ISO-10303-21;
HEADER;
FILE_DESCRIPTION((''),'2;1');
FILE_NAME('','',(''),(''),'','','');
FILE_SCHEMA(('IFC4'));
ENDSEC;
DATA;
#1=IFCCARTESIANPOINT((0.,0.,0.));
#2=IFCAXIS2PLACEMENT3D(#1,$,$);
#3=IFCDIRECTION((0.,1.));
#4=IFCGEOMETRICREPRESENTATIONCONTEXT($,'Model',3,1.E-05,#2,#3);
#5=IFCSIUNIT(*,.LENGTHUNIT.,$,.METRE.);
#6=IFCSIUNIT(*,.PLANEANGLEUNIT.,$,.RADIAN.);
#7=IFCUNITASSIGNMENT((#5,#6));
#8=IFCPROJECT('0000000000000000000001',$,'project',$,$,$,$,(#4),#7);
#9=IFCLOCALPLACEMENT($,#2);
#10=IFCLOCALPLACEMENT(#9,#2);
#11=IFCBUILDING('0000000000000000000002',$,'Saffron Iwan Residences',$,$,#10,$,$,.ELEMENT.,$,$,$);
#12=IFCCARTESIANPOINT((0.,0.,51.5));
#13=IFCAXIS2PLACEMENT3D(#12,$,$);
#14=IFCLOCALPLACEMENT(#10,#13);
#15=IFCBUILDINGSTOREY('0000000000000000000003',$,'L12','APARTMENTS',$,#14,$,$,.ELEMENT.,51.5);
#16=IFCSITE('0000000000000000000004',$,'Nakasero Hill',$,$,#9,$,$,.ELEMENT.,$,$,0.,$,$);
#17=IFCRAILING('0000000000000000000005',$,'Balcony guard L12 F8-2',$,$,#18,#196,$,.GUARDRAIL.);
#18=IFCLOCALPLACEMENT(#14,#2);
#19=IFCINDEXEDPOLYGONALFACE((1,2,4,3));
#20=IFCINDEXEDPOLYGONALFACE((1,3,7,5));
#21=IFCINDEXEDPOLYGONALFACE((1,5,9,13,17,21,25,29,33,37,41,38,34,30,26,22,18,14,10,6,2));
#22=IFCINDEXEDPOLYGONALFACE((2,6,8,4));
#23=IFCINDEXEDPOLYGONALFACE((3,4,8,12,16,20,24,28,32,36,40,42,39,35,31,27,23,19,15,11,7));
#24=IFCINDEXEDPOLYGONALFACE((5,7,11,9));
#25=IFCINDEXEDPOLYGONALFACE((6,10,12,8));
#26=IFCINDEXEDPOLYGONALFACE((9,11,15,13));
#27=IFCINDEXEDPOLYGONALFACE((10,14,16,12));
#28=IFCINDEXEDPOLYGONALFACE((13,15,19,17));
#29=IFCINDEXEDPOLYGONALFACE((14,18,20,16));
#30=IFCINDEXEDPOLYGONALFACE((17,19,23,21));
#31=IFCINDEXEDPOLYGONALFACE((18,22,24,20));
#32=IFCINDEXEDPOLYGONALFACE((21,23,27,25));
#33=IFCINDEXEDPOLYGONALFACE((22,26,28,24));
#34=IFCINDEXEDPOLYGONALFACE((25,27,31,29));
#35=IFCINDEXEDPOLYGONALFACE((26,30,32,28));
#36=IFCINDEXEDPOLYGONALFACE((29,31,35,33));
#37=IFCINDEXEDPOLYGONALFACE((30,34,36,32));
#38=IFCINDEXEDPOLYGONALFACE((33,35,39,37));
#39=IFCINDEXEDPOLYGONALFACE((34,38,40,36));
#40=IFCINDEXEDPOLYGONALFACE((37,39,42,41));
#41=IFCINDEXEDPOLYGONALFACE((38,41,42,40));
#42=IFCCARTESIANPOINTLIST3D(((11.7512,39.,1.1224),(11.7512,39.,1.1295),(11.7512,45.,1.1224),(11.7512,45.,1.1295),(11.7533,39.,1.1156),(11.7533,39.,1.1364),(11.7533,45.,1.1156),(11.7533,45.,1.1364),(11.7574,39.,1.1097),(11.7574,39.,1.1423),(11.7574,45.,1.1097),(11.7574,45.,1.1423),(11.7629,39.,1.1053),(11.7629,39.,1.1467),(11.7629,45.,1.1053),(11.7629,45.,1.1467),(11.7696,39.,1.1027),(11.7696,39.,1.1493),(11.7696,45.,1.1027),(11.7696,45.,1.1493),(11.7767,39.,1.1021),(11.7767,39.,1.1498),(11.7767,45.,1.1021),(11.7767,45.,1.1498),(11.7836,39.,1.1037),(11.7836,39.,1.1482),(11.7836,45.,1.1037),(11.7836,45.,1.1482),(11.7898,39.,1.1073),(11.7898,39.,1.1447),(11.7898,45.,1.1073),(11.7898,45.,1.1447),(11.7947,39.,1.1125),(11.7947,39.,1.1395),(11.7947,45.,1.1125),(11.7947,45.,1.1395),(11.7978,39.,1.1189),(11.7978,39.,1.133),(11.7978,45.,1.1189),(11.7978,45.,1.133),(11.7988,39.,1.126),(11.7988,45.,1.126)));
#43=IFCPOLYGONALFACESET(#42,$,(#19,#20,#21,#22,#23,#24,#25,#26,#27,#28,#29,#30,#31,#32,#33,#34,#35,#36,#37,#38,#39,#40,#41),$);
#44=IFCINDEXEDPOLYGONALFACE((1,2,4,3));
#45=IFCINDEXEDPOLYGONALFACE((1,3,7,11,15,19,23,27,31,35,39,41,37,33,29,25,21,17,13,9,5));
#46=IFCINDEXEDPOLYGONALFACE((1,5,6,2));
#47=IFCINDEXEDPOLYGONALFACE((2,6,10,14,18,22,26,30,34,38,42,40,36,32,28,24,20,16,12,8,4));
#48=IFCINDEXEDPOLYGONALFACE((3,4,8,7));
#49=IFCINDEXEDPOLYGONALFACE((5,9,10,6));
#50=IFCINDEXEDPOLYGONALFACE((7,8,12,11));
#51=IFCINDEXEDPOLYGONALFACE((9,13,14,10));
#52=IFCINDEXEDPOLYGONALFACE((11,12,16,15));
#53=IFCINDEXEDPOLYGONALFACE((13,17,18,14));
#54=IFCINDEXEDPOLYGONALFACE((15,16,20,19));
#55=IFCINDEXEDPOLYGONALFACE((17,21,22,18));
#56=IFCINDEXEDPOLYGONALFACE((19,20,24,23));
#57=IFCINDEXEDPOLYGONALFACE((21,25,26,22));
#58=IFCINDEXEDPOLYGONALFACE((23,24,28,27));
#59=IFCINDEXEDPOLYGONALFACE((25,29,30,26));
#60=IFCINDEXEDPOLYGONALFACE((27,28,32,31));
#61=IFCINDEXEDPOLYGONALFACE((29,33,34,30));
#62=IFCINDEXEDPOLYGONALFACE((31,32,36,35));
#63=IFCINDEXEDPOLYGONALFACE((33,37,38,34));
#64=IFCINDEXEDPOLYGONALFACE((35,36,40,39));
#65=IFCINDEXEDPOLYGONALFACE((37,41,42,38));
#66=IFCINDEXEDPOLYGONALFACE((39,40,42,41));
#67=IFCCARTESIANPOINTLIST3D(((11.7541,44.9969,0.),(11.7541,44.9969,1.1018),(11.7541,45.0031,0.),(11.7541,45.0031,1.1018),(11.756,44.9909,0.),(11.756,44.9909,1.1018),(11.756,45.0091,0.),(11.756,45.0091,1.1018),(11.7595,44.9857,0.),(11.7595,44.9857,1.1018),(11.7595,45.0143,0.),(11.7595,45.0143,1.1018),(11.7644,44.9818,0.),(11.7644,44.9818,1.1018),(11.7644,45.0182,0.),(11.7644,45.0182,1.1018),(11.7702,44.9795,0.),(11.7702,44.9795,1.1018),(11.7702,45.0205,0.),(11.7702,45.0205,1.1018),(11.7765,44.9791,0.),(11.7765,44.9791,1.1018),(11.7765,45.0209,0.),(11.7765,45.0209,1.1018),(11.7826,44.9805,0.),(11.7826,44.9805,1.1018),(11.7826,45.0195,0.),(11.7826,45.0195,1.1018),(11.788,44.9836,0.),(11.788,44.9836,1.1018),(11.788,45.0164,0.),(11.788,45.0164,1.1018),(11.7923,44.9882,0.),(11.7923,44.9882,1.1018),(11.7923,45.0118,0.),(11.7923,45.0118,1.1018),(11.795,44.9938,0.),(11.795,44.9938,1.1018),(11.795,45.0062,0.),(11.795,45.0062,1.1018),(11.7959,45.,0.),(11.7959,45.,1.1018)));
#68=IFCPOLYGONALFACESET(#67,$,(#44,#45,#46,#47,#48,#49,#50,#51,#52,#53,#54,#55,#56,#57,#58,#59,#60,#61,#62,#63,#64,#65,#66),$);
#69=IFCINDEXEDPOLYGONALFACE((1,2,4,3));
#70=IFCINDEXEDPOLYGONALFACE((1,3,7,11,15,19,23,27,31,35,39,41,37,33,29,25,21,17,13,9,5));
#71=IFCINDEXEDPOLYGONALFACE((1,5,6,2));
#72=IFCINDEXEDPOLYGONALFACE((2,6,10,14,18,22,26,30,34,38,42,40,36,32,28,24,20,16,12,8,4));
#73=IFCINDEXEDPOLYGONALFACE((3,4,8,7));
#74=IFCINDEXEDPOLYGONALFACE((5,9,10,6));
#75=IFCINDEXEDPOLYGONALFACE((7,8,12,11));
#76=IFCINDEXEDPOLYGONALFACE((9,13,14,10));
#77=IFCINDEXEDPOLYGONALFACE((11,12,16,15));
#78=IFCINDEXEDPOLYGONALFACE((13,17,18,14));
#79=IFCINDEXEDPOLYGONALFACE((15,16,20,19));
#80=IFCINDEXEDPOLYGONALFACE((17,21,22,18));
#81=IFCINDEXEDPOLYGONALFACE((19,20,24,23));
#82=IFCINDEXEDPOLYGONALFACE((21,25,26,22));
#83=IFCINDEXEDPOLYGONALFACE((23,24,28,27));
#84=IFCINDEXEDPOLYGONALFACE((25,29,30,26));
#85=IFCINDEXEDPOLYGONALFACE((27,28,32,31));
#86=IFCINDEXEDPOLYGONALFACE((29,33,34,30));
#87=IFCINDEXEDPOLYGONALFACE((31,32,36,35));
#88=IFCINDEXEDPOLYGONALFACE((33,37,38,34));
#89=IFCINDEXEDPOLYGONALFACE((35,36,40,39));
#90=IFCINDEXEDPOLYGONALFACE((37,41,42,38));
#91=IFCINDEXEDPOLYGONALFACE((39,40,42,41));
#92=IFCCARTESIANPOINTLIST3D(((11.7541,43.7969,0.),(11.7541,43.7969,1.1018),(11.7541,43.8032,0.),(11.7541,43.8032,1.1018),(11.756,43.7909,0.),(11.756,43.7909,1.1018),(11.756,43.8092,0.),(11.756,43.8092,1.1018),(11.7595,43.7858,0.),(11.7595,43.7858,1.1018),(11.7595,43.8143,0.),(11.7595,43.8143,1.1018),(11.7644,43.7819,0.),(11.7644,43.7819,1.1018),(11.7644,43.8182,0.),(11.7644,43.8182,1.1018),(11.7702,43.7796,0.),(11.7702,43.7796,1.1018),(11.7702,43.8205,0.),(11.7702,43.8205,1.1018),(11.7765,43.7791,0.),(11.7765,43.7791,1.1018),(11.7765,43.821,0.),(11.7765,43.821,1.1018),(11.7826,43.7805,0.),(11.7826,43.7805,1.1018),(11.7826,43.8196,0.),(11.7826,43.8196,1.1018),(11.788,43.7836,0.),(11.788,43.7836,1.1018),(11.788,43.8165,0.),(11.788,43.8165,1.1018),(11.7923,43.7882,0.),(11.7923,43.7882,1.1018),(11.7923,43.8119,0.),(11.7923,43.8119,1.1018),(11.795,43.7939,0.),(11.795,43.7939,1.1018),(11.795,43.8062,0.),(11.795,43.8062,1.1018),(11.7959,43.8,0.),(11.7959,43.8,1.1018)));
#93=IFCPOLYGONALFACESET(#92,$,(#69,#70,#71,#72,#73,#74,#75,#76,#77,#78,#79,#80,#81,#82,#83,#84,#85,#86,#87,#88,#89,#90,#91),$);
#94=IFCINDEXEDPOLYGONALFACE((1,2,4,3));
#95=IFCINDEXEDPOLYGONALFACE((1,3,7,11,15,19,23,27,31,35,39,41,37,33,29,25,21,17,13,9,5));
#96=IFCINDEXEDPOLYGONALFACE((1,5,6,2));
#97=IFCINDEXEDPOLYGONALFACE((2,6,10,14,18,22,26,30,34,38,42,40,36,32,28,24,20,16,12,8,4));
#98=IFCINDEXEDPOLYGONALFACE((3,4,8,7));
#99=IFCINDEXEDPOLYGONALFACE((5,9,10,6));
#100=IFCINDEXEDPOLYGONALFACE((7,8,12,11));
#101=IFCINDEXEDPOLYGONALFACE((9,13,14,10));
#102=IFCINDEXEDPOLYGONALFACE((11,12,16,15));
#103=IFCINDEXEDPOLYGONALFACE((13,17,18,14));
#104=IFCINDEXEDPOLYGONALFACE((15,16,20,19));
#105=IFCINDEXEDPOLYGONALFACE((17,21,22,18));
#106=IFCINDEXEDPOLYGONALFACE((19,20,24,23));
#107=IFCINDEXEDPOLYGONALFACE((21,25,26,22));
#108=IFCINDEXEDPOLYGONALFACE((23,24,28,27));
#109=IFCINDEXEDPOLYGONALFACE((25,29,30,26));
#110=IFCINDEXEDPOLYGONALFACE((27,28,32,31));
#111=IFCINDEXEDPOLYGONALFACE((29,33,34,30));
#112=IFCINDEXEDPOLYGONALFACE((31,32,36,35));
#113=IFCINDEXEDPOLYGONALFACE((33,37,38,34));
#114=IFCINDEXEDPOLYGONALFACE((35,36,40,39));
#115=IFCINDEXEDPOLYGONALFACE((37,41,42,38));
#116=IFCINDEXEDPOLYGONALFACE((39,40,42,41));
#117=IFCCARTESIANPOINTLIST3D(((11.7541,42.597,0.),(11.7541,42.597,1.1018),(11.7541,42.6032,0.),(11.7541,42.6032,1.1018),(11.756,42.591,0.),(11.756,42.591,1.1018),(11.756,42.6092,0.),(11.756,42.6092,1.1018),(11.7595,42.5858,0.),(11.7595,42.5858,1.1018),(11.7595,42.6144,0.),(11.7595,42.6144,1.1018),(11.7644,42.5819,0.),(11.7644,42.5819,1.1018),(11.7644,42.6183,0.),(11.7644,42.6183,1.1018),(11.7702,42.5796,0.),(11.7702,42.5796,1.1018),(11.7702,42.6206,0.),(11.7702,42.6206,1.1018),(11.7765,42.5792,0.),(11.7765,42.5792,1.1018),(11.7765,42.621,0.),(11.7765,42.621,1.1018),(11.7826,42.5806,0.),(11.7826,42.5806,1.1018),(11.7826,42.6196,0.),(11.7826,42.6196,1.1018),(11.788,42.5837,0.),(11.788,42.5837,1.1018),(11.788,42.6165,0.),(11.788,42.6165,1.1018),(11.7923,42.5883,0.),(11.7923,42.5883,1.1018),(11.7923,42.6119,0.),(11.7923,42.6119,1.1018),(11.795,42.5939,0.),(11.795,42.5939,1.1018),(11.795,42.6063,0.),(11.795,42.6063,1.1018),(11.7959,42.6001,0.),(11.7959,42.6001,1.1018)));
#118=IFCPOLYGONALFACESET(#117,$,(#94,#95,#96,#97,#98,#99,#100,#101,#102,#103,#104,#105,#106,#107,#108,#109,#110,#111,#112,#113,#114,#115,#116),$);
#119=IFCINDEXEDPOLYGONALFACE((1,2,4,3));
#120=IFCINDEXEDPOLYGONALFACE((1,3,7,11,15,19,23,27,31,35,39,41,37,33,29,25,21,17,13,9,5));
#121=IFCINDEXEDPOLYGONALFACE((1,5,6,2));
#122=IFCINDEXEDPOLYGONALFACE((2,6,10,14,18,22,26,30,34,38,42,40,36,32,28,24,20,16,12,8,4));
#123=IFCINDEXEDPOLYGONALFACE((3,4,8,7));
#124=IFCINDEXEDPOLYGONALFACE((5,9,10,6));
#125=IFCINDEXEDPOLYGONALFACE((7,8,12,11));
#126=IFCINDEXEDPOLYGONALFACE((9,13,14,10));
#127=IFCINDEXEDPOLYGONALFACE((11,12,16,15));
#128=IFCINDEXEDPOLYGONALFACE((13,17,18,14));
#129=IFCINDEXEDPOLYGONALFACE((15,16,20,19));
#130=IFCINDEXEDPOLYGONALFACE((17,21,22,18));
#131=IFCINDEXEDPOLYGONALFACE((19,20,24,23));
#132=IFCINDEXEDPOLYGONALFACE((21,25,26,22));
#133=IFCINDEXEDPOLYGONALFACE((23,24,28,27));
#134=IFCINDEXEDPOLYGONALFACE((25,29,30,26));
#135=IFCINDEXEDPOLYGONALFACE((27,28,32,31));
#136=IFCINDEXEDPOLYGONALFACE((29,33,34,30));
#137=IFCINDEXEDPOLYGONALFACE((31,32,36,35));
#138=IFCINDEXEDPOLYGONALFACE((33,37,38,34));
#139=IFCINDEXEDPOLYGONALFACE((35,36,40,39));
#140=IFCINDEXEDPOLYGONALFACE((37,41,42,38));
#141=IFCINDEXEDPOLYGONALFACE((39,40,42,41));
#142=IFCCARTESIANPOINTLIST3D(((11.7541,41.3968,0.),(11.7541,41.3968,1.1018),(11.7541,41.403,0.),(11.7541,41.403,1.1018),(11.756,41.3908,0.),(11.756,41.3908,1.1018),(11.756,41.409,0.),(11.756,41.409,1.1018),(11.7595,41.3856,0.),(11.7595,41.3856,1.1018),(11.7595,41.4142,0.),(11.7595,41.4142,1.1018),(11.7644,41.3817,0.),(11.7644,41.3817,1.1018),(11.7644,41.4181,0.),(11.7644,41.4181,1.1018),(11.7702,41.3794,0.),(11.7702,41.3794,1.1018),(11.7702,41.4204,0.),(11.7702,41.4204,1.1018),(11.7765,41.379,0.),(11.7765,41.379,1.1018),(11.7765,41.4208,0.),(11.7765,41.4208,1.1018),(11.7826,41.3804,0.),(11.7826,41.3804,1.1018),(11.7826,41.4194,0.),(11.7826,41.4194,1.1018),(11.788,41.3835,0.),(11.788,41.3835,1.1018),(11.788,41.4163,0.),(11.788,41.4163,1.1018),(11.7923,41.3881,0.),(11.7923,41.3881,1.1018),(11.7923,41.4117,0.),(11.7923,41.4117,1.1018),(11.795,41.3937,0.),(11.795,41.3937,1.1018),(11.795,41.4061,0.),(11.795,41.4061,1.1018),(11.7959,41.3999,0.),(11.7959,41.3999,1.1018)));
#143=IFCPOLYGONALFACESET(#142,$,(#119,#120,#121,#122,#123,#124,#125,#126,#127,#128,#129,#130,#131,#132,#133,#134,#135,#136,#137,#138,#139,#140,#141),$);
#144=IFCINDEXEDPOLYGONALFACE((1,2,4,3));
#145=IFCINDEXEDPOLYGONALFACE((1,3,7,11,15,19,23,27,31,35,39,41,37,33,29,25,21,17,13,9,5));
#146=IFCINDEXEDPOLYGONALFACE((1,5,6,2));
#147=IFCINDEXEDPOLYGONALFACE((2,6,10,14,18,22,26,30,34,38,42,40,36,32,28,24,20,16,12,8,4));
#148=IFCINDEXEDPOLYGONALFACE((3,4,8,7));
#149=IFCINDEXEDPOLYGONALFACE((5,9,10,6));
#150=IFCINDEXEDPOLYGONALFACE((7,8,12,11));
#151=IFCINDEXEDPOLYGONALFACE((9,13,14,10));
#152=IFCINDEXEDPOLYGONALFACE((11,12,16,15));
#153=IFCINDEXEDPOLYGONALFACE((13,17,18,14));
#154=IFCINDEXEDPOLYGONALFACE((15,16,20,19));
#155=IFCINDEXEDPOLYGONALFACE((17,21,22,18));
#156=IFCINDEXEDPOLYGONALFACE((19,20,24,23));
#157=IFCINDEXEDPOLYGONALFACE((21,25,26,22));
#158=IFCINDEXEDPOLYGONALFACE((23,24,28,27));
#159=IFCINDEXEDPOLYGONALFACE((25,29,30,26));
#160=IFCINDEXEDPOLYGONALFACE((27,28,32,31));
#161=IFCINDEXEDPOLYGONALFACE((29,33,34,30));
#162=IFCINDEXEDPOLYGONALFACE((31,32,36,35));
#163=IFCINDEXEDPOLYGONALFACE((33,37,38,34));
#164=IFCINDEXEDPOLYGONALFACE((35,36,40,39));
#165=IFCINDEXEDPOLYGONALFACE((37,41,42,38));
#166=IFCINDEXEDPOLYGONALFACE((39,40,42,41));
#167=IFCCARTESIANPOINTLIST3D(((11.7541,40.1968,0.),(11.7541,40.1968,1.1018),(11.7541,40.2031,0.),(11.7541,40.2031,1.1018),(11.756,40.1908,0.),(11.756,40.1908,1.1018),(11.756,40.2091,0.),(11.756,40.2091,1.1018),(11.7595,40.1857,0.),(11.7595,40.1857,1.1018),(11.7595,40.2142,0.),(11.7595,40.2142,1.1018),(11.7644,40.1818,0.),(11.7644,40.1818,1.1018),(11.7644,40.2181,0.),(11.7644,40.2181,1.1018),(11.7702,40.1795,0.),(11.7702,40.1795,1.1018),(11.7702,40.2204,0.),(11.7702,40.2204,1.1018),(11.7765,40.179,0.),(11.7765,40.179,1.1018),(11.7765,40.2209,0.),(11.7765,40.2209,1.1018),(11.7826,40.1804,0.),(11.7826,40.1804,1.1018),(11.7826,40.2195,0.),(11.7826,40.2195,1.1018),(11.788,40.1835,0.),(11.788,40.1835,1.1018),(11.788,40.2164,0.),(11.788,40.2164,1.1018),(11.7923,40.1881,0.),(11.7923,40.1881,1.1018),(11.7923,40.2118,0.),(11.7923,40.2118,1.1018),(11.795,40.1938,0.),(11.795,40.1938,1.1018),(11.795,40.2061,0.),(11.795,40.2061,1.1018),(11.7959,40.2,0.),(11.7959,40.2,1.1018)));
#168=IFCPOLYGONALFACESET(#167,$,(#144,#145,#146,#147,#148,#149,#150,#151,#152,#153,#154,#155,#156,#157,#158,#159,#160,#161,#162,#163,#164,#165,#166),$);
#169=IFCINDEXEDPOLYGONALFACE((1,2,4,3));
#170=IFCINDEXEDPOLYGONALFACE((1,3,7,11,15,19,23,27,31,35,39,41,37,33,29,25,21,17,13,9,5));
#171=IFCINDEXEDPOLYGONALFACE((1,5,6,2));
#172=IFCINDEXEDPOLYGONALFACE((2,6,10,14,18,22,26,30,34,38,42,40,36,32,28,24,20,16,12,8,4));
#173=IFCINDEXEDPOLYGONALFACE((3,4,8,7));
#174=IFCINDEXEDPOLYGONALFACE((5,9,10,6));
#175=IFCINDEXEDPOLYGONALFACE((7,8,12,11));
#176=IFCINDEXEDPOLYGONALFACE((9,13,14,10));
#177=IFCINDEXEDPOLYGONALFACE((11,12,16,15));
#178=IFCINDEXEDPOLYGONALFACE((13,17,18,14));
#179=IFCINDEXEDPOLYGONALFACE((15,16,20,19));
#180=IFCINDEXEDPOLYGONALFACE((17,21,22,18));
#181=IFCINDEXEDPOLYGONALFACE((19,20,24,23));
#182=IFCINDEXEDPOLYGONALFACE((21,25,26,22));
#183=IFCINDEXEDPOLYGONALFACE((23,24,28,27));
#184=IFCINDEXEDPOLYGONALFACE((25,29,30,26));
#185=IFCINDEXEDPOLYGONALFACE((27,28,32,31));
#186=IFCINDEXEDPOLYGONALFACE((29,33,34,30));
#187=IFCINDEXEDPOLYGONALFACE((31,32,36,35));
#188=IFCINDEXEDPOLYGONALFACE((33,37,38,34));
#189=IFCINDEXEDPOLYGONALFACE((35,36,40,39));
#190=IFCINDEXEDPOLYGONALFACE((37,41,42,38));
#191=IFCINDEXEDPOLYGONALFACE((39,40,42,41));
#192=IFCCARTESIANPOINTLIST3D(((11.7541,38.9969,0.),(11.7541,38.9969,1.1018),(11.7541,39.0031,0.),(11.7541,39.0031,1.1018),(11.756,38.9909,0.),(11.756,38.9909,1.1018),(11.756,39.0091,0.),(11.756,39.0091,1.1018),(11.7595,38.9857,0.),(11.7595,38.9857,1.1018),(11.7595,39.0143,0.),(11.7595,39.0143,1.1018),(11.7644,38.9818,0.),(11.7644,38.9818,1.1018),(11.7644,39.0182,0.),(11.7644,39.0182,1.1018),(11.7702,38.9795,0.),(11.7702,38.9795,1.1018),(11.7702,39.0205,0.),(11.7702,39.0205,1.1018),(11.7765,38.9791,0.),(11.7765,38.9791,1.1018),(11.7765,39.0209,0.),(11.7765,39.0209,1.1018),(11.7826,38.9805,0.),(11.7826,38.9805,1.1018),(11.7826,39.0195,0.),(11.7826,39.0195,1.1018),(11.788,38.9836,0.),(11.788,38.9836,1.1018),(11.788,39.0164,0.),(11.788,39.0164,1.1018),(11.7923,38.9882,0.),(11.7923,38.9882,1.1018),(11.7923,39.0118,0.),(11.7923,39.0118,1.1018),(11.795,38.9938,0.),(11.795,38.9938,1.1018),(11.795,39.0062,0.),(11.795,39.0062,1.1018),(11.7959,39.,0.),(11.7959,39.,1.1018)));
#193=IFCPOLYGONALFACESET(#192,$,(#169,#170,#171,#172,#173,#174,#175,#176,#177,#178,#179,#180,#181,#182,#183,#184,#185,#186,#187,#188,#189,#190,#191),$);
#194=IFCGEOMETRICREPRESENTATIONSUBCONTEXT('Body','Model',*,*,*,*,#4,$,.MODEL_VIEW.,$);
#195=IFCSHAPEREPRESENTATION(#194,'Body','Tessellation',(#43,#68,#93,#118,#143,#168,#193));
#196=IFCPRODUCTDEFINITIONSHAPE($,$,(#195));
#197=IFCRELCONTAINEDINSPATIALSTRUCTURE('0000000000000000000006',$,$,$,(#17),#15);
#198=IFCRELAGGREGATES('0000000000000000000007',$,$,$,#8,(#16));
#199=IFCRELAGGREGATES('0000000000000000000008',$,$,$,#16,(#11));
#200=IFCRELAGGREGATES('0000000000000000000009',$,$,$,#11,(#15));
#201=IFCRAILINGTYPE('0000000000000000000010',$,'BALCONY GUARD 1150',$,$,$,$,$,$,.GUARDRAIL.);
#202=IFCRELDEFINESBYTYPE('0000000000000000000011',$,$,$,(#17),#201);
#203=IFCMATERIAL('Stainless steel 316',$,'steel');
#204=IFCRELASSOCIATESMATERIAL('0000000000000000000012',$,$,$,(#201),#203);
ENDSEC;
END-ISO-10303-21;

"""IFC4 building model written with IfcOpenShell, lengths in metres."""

from ifc_helpers import new_model, si_unit, direction, frame, origin, origin_2d, place, context, subcontext, project, spatial, circle, extrude, material, type_object, element, save


model = new_model("IFC4")

# Units and contexts
model_context = context("Model", 3, precision=1e-05, world=origin(), true_north=direction((0.0, 1.0)))
body_context = subcontext(model_context, "Body", "Model", "MODEL_VIEW")
ifc_project = project(units=[si_unit("LENGTHUNIT", "METRE"), si_unit("PLANEANGLEUNIT", "RADIAN")], contexts=[model_context])

# Site, building, storey
site_placement = place(None, origin())
site = spatial("IfcSite", under=ifc_project, at=site_placement, Name="Nakasero Hill", CompositionType="ELEMENT", RefElevation=0.0)
building_placement = place(site_placement, origin())
building = spatial("IfcBuilding", under=site, at=building_placement, Name="Saffron Iwan Residences", CompositionType="ELEMENT")
storey_placement = place(building_placement, frame((0.0, 0.0, 51.5)))
storey = spatial("IfcBuildingStorey", under=building, at=storey_placement, Name="L12", Description="APARTMENTS", CompositionType="ELEMENT", Elevation=51.5)

# Railing
ifc_material_1 = material(Name="Stainless steel 316", Category="steel")
railing_type = type_object("IfcRailingType", Name="BALCONY GUARD 1150", PredefinedType="GUARDRAIL", material=ifc_material_1)
railing_placement = place(storey_placement, frame((11.7749, 45.0, 0.0)))
element("IfcRailing", 1, at=railing_placement, inside=storey, type_object=railing_type, Name="Balcony guard L12 F8-2", PredefinedType="GUARDRAIL", context=body_context, shape_type="SweptSolid", body=[
    extrude(circle(Radius=0.0239, at=origin_2d()), frame((0.0, 0.0, 1.126), z_axis=(0.0, -1.0, 0.0), x_axis=(1.0, 0.0, 0.0)), (0.0, 0.0, 1.0), 6.0),
    extrude(circle(Radius=0.021, at=origin_2d()), origin(), (0.0, 0.0, 1.0), 1.1018),
    extrude(circle(Radius=0.021, at=origin_2d()), frame((0.0, -1.2, 0.0)), (0.0, 0.0, 1.0), 1.1018),
    extrude(circle(Radius=0.021, at=origin_2d()), frame((0.0, -2.3999, 0.0)), (0.0, 0.0, 1.0), 1.1018),
    extrude(circle(Radius=0.021, at=origin_2d()), frame((0.0, -3.6001, 0.0)), (0.0, 0.0, 1.0), 1.1018),
    extrude(circle(Radius=0.021, at=origin_2d()), frame((0.0, -4.8, 0.0)), (0.0, 0.0, 1.0), 1.1018),
    extrude(circle(Radius=0.021, at=origin_2d()), frame((0.0, -6.0, 0.0)), (0.0, 0.0, 1.0), 1.1018),
])

save(model, "model.ifc")
